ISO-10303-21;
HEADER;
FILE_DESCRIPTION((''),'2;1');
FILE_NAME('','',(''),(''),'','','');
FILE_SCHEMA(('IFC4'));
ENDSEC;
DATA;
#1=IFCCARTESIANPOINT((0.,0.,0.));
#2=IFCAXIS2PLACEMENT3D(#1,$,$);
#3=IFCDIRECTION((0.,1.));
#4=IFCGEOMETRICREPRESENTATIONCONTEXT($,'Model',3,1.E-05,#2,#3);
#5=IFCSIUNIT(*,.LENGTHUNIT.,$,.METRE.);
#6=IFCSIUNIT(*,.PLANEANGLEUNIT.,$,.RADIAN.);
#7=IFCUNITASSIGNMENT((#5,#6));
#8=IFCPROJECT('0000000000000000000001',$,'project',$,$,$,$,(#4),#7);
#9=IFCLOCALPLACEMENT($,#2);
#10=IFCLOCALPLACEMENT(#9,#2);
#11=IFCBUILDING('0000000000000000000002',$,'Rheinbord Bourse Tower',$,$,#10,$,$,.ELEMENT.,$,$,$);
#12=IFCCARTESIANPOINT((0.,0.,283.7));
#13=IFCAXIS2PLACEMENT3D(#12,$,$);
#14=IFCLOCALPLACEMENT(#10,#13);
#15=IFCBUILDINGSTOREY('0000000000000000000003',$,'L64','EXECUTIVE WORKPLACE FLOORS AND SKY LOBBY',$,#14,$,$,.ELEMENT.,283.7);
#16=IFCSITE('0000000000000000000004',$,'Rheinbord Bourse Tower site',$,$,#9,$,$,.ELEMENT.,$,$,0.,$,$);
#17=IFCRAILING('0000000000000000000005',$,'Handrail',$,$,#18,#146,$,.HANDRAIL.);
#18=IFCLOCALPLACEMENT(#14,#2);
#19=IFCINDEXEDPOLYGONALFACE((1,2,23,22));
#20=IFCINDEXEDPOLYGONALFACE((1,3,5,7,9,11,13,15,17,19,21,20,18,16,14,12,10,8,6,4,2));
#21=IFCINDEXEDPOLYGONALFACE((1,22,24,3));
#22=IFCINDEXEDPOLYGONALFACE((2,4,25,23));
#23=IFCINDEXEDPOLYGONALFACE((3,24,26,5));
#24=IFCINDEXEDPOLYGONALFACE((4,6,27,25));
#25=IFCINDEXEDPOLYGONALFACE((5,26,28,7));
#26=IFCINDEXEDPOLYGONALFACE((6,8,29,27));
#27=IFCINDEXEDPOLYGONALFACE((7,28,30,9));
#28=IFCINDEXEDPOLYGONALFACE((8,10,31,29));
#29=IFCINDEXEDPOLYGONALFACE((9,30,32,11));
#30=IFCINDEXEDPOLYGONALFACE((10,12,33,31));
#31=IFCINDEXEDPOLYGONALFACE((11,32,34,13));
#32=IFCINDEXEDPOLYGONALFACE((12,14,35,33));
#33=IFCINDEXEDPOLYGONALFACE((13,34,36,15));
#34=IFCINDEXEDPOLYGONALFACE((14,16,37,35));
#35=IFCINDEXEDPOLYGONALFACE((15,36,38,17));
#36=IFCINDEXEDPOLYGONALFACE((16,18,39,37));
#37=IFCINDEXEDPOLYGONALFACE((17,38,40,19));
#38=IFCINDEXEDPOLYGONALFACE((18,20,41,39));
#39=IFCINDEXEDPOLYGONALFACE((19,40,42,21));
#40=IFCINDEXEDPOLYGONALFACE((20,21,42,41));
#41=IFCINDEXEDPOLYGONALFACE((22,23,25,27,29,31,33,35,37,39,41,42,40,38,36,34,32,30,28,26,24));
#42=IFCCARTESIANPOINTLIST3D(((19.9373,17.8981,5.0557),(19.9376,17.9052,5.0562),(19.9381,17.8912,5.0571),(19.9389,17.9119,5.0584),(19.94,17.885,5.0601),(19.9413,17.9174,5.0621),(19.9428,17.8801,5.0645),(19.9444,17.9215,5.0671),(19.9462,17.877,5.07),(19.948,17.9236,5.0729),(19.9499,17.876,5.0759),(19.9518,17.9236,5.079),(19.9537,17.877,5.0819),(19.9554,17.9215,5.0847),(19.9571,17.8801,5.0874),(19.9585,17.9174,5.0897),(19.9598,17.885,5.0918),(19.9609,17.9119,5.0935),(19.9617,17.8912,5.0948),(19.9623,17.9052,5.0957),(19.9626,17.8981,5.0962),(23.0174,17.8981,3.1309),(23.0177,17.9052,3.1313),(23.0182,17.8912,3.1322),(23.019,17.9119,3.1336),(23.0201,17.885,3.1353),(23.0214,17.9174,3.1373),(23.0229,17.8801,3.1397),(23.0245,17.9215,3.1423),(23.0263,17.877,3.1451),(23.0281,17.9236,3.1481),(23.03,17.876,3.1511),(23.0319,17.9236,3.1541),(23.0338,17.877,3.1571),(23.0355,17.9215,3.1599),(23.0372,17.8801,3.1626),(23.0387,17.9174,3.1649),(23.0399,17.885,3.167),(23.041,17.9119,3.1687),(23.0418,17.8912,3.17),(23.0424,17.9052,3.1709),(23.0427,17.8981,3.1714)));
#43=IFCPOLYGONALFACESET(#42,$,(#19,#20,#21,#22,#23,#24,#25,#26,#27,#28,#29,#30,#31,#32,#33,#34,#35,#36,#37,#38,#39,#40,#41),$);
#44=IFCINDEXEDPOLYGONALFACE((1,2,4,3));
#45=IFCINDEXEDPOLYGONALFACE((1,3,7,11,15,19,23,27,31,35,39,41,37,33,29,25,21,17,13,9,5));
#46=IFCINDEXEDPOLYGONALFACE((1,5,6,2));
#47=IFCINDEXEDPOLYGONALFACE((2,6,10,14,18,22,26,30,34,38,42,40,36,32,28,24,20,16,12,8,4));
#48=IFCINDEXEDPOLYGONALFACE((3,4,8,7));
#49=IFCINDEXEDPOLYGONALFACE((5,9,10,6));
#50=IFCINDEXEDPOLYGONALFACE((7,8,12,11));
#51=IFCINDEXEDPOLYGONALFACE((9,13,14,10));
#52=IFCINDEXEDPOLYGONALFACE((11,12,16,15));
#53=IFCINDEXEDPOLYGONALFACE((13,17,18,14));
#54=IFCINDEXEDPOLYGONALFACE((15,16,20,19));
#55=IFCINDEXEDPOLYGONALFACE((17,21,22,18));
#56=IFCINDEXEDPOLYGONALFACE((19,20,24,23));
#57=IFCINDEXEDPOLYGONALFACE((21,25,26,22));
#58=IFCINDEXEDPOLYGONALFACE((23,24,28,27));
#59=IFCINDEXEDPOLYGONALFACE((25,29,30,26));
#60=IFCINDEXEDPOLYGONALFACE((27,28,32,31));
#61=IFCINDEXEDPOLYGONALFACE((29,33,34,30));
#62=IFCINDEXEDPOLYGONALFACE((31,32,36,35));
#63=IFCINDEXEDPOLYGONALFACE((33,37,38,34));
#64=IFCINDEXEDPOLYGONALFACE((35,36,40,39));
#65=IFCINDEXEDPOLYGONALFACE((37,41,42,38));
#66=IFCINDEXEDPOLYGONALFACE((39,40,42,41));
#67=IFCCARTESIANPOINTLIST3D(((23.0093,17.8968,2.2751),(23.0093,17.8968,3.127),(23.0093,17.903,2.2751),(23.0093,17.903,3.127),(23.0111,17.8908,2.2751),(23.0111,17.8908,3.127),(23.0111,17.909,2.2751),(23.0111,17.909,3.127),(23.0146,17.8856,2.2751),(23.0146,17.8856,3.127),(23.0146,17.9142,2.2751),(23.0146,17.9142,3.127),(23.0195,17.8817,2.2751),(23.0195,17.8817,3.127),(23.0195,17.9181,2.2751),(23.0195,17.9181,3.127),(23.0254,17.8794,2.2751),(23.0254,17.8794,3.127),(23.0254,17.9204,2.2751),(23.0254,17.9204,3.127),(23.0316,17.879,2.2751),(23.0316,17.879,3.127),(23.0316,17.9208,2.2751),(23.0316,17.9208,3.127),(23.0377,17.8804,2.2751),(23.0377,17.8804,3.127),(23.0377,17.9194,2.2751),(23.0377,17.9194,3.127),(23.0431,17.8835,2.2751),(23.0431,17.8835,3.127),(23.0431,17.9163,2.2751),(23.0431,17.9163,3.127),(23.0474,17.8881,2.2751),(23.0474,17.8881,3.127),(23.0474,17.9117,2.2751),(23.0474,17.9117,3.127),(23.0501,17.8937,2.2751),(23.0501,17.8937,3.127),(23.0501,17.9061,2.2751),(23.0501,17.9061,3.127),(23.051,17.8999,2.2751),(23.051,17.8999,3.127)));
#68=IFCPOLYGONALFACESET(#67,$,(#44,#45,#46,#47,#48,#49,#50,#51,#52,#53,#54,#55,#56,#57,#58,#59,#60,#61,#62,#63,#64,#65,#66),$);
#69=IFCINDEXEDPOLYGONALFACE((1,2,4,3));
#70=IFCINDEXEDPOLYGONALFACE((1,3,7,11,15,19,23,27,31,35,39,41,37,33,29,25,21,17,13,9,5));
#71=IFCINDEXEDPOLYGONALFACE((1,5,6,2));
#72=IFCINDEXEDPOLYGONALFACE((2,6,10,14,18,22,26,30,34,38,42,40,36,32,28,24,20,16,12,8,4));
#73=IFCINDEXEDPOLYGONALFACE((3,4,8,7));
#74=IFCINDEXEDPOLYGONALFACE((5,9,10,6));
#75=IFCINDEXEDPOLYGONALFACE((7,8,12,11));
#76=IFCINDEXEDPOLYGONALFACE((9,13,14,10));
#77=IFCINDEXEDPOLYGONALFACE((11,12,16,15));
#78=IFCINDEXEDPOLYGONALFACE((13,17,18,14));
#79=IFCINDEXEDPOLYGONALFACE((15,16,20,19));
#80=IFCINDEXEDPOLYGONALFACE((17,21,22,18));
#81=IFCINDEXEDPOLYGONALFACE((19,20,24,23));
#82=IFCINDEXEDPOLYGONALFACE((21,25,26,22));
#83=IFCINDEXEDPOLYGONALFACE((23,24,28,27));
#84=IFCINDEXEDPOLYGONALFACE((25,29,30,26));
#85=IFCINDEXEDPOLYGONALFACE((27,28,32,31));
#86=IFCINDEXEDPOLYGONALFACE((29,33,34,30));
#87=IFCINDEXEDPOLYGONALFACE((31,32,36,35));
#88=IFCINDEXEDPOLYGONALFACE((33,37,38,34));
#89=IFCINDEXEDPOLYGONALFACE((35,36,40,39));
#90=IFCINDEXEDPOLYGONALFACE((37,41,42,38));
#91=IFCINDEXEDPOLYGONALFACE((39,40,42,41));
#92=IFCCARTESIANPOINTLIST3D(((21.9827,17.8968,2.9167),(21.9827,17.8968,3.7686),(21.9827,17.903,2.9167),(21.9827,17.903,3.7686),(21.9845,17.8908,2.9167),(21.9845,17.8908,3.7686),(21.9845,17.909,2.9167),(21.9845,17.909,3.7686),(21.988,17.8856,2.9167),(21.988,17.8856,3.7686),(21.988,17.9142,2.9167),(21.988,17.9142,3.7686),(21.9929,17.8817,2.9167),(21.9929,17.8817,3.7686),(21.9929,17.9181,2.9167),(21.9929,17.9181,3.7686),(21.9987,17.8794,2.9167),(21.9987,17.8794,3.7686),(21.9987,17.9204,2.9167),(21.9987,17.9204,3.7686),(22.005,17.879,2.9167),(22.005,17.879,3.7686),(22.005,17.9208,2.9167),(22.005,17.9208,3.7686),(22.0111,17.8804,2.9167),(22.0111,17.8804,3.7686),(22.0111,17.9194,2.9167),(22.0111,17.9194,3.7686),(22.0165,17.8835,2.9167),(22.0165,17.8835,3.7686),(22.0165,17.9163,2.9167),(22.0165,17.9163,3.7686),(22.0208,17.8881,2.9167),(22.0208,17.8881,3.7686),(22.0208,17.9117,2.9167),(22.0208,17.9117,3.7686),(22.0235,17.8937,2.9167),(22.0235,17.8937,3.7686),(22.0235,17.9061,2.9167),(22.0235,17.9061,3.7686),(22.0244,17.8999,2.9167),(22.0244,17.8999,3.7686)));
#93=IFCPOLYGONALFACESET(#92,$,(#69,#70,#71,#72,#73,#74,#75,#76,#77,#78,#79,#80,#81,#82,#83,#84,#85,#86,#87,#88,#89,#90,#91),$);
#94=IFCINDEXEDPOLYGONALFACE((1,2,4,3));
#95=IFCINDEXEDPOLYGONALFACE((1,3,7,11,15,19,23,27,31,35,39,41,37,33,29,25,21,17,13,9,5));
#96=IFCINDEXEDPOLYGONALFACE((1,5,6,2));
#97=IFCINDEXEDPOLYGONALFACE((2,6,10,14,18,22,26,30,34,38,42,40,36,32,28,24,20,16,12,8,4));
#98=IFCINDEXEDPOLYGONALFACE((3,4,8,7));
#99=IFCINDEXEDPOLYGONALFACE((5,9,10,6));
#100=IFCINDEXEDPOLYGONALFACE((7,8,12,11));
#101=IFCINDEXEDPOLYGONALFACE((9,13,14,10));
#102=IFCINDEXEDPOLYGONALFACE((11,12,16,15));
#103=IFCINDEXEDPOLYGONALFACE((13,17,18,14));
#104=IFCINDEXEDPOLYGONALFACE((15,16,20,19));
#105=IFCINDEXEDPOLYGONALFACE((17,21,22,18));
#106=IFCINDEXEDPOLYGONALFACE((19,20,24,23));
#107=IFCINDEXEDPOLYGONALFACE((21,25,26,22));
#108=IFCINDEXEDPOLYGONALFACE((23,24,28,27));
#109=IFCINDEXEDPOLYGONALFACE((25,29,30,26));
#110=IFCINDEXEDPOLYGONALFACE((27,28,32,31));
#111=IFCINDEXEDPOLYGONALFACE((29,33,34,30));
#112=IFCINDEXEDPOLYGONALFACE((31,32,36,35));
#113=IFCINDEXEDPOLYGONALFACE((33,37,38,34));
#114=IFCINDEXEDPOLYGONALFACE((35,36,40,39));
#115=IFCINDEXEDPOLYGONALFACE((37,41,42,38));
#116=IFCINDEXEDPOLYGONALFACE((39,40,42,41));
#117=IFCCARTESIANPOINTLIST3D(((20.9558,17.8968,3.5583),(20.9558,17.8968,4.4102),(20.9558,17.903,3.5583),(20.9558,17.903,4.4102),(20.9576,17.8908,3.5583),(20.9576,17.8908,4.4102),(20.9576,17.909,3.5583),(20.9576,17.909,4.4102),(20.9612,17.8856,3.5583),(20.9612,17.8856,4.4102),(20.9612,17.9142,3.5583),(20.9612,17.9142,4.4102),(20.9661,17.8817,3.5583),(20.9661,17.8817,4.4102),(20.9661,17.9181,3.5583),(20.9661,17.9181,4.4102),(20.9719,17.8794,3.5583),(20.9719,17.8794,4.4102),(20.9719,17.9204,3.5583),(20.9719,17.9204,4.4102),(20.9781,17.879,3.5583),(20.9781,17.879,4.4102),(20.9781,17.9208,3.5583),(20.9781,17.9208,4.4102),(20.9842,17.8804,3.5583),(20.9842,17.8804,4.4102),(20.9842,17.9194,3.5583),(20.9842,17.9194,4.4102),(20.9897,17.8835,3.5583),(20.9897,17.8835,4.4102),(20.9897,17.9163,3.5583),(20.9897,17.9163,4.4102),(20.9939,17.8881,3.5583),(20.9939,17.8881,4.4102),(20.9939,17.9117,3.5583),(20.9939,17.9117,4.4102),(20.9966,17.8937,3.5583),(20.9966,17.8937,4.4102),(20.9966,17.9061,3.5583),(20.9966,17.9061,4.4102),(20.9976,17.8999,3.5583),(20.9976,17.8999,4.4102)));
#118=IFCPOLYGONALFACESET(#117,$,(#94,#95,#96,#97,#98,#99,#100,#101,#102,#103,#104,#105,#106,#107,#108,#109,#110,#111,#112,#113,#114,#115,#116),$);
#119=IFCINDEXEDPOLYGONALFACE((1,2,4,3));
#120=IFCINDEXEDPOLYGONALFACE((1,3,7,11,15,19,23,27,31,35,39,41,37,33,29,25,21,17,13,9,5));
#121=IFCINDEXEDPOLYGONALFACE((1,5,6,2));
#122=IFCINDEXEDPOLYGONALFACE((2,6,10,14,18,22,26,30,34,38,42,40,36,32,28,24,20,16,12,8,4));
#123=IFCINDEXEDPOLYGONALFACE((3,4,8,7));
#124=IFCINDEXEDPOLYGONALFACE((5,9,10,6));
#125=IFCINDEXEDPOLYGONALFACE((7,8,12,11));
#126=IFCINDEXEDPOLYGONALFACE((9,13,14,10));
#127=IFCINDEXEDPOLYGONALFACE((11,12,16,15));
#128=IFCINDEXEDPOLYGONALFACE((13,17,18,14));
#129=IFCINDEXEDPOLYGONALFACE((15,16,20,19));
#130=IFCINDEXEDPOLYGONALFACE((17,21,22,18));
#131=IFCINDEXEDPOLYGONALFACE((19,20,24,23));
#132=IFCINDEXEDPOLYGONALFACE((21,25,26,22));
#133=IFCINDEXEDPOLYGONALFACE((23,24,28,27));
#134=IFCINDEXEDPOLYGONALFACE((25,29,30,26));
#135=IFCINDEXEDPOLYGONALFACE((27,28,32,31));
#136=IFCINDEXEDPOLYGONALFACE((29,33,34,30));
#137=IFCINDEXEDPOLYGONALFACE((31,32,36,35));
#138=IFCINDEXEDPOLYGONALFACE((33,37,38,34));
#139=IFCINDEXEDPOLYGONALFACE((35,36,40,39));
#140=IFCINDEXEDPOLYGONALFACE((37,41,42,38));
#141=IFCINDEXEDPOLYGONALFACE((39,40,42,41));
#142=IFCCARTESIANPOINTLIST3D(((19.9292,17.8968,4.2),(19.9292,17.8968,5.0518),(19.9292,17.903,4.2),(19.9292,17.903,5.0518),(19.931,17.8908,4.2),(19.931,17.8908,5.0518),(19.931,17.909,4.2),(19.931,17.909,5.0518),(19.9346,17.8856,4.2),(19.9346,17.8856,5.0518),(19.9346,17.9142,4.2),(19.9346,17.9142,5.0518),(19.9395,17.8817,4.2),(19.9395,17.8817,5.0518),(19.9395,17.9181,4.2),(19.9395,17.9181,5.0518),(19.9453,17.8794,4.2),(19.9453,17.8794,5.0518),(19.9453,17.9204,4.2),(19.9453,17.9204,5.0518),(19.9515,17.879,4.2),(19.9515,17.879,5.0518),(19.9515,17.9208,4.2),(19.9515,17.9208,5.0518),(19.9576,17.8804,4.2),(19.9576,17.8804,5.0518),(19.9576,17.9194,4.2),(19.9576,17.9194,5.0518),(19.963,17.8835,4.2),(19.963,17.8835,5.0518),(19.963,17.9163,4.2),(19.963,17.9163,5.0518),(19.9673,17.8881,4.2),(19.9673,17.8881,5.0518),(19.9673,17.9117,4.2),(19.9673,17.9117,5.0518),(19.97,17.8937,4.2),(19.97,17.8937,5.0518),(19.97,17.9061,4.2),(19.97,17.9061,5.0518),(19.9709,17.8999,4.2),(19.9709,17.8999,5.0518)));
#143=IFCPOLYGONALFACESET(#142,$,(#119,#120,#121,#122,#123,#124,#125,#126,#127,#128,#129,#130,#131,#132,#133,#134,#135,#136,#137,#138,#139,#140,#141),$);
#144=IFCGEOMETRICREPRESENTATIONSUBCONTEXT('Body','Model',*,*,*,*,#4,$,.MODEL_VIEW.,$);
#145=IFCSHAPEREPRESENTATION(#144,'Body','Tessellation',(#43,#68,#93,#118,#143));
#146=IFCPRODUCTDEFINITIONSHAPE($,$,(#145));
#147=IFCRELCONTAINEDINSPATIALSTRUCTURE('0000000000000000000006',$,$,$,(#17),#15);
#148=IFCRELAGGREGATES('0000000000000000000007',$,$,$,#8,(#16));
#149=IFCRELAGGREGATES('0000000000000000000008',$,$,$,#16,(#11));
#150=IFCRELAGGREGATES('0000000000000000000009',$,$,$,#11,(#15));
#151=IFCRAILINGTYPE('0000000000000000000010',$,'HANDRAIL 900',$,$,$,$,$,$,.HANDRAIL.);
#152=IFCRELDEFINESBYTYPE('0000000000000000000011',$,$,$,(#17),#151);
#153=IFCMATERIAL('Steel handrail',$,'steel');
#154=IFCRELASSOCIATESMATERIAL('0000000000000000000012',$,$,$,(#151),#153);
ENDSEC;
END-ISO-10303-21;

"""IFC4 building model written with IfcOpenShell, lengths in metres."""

from ifc_helpers import new_model, si_unit, direction, frame, origin, origin_2d, place, context, subcontext, project, spatial, circle, extrude, material, type_object, element, save


model = new_model("IFC4")

# Units and contexts
model_context = context("Model", 3, precision=1e-05, world=origin(), true_north=direction((0.0, 1.0)))
body_context = subcontext(model_context, "Body", "Model", "MODEL_VIEW")
ifc_project = project(units=[si_unit("LENGTHUNIT", "METRE"), si_unit("PLANEANGLEUNIT", "RADIAN")], contexts=[model_context])

# Site, building, storey
site_placement = place(None, origin())
site = spatial("IfcSite", under=ifc_project, at=site_placement, Name="Rheinbord Bourse Tower site", CompositionType="ELEMENT", RefElevation=0.0)
building_placement = place(site_placement, origin())
building = spatial("IfcBuilding", under=site, at=building_placement, Name="Rheinbord Bourse Tower", CompositionType="ELEMENT")
storey_placement = place(building_placement, frame((0.0, 0.0, 283.7)))
storey = spatial("IfcBuildingStorey", under=building, at=storey_placement, Name="L64", Description="EXECUTIVE WORKPLACE FLOORS AND SKY LOBBY", CompositionType="ELEMENT", Elevation=283.7)

# Railing
ifc_material_1 = material(Name="Steel handrail", Category="steel")
railing_type = type_object("IfcRailingType", Name="HANDRAIL 900", PredefinedType="HANDRAIL", material=ifc_material_1)
railing_1_placement = place(storey_placement, frame((23.03, 17.8999, 2.2751)))
element("IfcRailing", 1, at=railing_1_placement, inside=storey, type_object=railing_type, Name="Handrail", PredefinedType="HANDRAIL", context=body_context, shape_type="SweptSolid", body=[
    extrude(circle(Radius=0.0239, at=origin_2d()), frame((0.0, 0.0, 0.876), z_axis=(-0.848029, 0.0, 0.529951), x_axis=(0.0, -1.0, 0.0)), (0.0, 0.0, 1.0), 3.6321),
    extrude(circle(Radius=0.021, at=origin_2d()), origin(), (0.0, 0.0, 1.0), 0.8518),
    extrude(circle(Radius=0.021, at=origin_2d()), frame((-1.0266, 0.0, 0.6416)), (0.0, 0.0, 1.0), 0.8518),
    extrude(circle(Radius=0.021, at=origin_2d()), frame((-2.0535, 0.0, 1.2832)), (0.0, 0.0, 1.0), 0.8518),
    extrude(circle(Radius=0.021, at=origin_2d()), frame((-3.0801, 0.0, 1.9248)), (0.0, 0.0, 1.0), 0.8518),
])

save(model, "model.ifc")
